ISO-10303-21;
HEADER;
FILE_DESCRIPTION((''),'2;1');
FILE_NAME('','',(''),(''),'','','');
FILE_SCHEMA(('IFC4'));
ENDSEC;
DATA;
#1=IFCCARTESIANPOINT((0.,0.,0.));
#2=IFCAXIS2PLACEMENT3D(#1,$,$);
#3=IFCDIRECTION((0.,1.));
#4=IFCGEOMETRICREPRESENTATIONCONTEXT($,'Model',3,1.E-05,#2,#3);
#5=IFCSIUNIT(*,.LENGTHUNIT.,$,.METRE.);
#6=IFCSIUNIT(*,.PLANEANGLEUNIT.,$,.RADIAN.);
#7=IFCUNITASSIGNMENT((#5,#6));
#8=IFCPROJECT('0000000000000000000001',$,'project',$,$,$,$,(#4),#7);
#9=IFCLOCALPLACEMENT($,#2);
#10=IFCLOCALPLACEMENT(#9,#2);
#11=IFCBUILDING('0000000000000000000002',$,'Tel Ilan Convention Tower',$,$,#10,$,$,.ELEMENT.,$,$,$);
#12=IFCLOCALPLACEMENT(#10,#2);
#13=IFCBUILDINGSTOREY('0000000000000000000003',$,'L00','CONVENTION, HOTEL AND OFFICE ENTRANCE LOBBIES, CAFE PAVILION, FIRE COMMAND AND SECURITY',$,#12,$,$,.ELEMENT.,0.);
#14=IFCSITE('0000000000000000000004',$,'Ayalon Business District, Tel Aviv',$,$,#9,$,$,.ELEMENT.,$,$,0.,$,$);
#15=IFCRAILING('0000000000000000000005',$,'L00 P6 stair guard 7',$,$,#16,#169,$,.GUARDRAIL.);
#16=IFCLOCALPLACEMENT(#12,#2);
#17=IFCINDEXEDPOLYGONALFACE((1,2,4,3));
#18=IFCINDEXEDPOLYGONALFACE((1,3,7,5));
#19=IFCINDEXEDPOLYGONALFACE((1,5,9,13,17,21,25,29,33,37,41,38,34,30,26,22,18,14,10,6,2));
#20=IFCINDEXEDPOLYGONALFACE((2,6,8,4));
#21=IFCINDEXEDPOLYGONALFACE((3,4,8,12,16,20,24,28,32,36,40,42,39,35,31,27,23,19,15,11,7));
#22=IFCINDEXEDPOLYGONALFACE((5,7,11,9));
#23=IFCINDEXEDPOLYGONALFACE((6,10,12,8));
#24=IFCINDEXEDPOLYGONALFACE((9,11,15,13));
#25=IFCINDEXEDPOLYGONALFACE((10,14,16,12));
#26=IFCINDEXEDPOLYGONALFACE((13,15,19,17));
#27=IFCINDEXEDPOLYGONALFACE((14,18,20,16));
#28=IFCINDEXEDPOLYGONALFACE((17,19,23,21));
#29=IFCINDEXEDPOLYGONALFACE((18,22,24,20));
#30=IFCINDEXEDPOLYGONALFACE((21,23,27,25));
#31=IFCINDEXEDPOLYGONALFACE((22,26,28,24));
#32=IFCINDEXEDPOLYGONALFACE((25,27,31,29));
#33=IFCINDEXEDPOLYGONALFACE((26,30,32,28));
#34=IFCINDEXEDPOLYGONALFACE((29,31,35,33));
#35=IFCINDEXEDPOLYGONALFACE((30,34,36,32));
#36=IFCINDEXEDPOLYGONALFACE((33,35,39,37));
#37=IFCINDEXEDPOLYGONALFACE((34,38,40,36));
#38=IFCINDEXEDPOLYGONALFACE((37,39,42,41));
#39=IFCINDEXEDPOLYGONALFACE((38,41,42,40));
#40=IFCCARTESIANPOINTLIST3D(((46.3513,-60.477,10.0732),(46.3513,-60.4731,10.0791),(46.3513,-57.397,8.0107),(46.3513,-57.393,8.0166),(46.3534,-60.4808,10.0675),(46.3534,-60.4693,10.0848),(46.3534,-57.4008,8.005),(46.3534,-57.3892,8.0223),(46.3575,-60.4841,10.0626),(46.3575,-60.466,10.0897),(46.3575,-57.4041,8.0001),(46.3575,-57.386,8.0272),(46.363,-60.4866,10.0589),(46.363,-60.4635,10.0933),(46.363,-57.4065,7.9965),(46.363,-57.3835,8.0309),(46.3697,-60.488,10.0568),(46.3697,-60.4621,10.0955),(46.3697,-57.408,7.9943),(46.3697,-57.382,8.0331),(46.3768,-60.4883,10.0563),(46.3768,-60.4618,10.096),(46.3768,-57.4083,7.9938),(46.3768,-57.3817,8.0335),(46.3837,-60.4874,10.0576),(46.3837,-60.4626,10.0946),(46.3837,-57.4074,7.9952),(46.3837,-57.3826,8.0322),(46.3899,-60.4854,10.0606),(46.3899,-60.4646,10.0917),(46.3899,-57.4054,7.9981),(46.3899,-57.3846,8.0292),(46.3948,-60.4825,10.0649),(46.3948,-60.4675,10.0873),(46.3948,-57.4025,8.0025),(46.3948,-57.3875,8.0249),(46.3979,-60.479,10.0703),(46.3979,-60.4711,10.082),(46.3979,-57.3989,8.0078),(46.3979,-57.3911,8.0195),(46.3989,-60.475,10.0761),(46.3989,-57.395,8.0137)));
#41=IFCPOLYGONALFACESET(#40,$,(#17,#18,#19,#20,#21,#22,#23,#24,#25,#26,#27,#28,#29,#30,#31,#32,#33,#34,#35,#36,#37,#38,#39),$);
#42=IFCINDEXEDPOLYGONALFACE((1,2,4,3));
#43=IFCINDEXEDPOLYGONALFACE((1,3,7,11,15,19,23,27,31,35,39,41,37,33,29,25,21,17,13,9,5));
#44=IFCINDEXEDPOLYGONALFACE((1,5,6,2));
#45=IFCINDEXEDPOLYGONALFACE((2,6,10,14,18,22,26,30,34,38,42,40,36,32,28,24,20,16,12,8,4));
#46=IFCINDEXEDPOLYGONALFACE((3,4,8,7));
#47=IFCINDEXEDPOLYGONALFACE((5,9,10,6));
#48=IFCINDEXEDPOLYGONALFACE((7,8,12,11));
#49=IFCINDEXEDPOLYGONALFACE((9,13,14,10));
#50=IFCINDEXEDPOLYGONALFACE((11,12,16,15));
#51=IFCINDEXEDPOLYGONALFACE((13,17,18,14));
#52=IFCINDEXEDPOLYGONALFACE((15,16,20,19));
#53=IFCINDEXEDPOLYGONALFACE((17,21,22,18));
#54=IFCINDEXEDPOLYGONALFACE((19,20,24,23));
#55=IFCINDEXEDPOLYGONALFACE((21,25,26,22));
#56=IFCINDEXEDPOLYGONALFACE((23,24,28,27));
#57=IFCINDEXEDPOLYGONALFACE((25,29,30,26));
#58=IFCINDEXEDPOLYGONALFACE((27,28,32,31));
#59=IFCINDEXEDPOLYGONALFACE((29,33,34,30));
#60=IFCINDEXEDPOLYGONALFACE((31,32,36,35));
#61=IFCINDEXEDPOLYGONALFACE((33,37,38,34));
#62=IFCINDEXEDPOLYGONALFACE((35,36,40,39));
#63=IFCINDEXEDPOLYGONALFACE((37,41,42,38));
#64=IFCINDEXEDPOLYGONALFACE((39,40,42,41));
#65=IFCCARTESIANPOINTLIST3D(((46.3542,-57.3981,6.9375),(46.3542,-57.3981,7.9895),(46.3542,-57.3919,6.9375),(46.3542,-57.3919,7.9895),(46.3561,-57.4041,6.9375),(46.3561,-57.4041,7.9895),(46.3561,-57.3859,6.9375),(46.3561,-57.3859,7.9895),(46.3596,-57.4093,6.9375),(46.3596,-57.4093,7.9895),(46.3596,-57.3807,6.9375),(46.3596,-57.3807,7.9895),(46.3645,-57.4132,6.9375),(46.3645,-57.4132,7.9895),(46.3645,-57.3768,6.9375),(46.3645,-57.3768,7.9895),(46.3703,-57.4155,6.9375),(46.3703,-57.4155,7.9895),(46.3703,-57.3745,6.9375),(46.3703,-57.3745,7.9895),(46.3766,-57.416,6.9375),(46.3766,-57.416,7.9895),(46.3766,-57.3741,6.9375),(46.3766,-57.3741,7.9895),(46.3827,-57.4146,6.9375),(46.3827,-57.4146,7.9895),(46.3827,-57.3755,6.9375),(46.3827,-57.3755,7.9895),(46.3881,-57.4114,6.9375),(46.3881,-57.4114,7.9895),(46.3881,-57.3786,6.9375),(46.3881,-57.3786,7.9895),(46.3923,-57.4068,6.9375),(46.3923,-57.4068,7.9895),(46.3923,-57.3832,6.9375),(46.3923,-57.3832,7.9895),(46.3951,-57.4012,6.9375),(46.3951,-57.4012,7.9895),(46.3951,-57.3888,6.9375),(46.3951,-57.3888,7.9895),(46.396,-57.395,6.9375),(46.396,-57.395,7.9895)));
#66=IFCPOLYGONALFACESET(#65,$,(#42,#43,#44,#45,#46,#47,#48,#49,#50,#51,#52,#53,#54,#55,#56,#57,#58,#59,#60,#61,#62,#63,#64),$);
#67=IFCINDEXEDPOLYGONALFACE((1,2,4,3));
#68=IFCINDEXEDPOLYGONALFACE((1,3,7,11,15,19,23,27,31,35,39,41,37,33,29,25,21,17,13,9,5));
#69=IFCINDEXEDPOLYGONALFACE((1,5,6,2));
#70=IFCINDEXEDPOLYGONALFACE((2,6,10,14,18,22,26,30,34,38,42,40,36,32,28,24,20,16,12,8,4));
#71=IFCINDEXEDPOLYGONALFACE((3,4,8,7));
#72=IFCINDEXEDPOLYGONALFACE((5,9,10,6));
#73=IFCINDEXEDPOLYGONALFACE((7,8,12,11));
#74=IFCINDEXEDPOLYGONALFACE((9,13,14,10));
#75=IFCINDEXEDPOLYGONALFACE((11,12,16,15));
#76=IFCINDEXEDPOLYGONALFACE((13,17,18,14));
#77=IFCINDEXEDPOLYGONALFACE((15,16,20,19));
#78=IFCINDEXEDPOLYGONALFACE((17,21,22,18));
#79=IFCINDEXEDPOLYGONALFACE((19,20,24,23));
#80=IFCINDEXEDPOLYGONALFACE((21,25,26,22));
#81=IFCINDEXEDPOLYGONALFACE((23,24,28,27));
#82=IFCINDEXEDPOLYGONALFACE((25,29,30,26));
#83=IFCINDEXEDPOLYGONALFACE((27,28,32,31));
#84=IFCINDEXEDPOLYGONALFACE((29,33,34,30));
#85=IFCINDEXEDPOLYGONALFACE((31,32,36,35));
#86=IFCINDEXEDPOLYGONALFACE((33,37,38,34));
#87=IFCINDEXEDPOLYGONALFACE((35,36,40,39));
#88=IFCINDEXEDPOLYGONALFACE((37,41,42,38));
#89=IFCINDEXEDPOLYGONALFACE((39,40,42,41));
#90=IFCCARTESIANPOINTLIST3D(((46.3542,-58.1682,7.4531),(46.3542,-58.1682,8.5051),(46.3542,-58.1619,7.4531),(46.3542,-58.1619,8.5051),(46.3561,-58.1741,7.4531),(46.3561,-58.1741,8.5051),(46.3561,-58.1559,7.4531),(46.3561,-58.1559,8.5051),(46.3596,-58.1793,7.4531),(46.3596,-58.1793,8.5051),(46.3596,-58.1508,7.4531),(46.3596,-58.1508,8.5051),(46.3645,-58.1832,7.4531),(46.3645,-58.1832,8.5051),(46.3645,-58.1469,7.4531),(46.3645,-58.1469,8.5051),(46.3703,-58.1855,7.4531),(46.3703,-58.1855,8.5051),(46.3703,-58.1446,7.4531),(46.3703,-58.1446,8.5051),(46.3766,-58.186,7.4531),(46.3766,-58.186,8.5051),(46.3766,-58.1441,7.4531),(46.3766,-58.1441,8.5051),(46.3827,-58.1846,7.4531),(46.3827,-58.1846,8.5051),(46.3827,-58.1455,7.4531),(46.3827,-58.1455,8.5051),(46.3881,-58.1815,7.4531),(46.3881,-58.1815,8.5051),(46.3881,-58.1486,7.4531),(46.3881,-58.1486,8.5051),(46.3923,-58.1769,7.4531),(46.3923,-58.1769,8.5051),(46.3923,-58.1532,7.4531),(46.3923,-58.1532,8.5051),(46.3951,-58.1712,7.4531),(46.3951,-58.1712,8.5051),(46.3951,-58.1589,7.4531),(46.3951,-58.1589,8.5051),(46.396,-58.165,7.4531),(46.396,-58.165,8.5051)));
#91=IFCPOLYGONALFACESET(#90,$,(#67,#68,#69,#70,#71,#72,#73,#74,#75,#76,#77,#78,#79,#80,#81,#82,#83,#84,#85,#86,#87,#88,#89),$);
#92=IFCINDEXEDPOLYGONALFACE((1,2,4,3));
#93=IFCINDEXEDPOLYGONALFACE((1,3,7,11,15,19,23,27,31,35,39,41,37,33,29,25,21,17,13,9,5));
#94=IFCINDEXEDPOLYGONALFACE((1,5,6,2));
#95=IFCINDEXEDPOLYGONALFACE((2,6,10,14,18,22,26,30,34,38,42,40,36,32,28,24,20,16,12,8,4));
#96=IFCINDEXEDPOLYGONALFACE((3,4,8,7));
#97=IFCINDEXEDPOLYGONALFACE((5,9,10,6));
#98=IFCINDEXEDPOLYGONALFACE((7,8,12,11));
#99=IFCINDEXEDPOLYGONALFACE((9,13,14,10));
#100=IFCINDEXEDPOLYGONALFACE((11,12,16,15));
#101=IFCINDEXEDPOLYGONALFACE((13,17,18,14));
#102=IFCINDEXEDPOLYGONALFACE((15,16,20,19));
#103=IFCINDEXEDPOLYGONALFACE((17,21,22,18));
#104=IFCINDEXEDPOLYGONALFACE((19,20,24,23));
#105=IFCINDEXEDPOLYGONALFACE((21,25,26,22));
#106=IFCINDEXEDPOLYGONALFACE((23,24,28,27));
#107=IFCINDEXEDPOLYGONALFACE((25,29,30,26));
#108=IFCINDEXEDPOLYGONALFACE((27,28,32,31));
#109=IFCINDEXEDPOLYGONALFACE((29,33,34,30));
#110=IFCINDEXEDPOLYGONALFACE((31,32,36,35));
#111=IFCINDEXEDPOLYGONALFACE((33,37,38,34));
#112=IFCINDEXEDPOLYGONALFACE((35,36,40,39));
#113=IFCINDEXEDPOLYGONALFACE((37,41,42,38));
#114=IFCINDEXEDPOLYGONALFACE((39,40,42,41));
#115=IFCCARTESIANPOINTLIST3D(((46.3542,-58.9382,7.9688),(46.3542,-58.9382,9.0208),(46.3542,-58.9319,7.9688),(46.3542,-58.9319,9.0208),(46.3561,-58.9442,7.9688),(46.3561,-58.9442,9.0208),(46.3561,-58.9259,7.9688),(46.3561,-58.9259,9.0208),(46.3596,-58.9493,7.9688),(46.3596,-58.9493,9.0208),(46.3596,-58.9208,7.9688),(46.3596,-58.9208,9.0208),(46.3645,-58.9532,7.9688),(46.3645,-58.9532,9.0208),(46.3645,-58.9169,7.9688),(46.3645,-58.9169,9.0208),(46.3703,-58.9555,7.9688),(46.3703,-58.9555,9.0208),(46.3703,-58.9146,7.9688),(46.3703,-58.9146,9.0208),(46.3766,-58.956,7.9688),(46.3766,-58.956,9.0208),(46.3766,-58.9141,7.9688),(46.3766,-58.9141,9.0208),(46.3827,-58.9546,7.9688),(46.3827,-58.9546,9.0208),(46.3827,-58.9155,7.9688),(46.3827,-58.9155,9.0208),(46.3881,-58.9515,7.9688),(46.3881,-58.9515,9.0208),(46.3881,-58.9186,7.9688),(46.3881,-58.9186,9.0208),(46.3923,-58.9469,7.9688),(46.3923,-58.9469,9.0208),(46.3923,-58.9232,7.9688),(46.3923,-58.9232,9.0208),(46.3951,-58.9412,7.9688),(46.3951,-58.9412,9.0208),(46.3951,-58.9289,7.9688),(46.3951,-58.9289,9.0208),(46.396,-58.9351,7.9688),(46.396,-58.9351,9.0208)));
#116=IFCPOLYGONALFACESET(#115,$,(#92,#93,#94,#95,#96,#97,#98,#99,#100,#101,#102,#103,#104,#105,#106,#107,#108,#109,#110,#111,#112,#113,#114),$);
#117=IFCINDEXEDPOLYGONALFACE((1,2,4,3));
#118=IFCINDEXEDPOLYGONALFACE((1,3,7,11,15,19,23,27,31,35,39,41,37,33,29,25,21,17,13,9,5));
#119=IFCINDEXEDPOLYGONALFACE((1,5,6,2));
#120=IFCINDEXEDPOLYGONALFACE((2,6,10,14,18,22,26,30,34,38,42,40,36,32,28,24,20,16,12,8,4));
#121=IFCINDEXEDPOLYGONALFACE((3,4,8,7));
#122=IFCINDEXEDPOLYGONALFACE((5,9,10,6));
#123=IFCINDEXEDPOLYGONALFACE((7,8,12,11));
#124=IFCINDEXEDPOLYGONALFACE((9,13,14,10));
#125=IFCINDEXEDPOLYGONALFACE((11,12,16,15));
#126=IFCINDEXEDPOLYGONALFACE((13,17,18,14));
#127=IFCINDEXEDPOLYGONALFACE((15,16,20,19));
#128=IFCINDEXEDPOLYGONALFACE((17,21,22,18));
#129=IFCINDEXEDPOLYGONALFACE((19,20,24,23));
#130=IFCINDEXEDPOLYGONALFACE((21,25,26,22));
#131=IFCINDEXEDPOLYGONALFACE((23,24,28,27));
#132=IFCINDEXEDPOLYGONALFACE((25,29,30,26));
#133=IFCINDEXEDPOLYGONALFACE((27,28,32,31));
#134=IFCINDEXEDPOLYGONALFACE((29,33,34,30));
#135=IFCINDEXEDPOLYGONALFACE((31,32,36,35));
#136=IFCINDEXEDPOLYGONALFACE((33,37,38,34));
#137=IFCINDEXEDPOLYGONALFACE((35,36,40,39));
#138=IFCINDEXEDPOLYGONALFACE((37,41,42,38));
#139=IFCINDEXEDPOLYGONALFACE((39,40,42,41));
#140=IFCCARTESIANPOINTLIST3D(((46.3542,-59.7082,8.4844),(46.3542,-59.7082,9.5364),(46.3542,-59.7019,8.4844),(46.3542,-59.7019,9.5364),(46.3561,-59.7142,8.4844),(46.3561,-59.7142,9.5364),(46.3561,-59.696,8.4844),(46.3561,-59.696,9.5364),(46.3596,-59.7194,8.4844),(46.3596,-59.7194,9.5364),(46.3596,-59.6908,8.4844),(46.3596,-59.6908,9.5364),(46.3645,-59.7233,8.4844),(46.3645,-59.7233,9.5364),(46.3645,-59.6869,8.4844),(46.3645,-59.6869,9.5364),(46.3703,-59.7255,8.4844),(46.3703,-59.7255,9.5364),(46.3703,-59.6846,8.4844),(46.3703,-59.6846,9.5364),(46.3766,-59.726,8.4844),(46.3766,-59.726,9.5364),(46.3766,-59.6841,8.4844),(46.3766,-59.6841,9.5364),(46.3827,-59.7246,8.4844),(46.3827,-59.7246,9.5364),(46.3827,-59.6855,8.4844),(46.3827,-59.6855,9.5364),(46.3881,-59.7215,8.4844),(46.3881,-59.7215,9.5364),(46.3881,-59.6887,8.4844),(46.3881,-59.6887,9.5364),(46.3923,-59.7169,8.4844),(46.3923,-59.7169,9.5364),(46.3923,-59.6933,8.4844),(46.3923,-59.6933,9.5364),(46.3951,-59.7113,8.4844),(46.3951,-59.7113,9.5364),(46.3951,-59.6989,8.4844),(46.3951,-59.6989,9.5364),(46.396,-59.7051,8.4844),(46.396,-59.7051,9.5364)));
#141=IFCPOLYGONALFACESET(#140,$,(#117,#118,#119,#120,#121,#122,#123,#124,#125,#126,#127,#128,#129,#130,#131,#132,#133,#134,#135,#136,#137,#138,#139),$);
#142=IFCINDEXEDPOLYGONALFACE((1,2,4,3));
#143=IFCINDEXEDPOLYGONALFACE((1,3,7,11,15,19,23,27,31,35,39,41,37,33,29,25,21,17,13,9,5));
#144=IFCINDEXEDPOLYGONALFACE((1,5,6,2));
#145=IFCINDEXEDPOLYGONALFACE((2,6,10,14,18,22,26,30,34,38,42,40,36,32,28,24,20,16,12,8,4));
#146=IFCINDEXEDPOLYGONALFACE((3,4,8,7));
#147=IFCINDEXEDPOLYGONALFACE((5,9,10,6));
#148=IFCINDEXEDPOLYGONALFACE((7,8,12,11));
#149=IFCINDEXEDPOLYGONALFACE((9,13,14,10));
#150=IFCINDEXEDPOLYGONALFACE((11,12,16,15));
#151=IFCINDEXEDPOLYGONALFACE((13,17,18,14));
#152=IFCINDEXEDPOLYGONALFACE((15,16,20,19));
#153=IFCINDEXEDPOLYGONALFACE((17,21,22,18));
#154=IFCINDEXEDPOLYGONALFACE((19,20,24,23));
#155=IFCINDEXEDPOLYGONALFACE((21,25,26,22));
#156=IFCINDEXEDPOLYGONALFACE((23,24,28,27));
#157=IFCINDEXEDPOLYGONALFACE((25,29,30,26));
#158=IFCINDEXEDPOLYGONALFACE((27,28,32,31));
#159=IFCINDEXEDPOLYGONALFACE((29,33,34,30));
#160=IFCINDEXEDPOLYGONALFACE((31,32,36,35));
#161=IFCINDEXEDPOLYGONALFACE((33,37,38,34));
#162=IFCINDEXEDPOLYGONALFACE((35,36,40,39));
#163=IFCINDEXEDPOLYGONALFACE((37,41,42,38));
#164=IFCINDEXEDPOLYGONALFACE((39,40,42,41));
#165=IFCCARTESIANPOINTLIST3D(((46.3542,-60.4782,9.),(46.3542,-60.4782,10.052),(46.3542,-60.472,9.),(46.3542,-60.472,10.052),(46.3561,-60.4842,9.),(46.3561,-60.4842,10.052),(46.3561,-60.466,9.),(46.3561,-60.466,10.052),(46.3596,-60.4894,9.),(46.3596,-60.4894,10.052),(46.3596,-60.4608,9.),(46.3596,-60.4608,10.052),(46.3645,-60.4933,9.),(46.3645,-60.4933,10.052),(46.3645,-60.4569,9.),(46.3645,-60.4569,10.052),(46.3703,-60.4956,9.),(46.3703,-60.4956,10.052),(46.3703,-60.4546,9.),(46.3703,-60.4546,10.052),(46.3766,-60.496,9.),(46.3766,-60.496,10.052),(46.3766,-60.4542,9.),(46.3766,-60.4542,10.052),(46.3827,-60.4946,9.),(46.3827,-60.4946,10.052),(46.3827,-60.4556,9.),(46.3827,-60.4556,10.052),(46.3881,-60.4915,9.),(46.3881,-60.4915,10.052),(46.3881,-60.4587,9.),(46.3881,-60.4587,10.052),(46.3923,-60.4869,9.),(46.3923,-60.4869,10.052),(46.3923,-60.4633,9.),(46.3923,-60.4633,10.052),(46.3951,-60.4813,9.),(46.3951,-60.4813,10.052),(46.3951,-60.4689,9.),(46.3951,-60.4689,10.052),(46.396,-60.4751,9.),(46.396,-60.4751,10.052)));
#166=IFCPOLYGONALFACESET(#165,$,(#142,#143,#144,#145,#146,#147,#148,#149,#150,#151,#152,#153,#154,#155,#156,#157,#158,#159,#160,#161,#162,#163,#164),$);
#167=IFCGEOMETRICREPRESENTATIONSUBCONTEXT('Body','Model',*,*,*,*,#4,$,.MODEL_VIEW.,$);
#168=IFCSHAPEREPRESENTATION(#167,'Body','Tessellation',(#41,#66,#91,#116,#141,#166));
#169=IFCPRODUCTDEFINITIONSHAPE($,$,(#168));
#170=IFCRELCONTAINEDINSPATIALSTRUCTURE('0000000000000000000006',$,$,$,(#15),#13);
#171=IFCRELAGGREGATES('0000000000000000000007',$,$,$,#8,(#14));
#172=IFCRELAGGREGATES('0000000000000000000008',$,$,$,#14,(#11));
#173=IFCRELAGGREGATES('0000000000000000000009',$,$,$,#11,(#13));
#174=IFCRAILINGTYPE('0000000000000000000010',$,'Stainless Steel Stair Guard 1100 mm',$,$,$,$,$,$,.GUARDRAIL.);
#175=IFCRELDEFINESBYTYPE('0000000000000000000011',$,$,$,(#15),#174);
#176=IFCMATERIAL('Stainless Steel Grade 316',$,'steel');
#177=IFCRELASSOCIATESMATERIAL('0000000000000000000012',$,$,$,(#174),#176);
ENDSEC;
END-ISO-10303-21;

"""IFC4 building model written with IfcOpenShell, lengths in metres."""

from ifc_helpers import new_model, si_unit, direction, frame, origin, origin_2d, place, context, subcontext, project, spatial, circle, extrude, material, type_object, element, save


model = new_model("IFC4")

# Units and contexts
model_context = context("Model", 3, precision=1e-05, world=origin(), true_north=direction((0.0, 1.0)))
body_context = subcontext(model_context, "Body", "Model", "MODEL_VIEW")
ifc_project = project(units=[si_unit("LENGTHUNIT", "METRE"), si_unit("PLANEANGLEUNIT", "RADIAN")], contexts=[model_context])

# Site, building, storey
site_placement = place(None, origin())
site = spatial("IfcSite", under=ifc_project, at=site_placement, Name="Ayalon Business District, Tel Aviv", CompositionType="ELEMENT", RefElevation=0.0)
building_placement = place(site_placement, origin())
building = spatial("IfcBuilding", under=site, at=building_placement, Name="Tel Ilan Convention Tower", CompositionType="ELEMENT")
storey_placement = place(building_placement, origin())
storey = spatial("IfcBuildingStorey", under=building, at=storey_placement, Name="L00", Description="CONVENTION, HOTEL AND OFFICE ENTRANCE LOBBIES, CAFE PAVILION, FIRE COMMAND AND SECURITY", CompositionType="ELEMENT", Elevation=0.0)

# Railing
ifc_material_1 = material(Name="Stainless Steel Grade 316", Category="steel")
railing_type_1 = type_object("IfcRailingType", Name="Stainless Steel Stair Guard 1100 mm", PredefinedType="GUARDRAIL", material=ifc_material_1)
for number, where, name in (
    (1, (46.375, -57.395, 6.9375), "L00 P6 stair guard 7"),
):
    element("IfcRailing", number, at=place(storey_placement, frame(where)), inside=storey, type_object=railing_type_1, Name=name, PredefinedType="GUARDRAIL", context=body_context, shape_type="SweptSolid", body=[
        extrude(circle(Radius=0.0239, at=origin_2d()), frame((0.0, 0.0, 1.0762), z_axis=(0.0, -0.830914, 0.556401), x_axis=(1.0, 0.0, 0.0)), (0.0, 0.0, 1.0), 3.7068),
        extrude(circle(Radius=0.021, at=origin_2d()), origin(), (0.0, 0.0, 1.0), 1.052),
        extrude(circle(Radius=0.021, at=origin_2d()), frame((0.0, -0.77, 0.5156)), (0.0, 0.0, 1.0), 1.052),
        extrude(circle(Radius=0.021, at=origin_2d()), frame((0.0, -1.54, 1.0312)), (0.0, 0.0, 1.0), 1.052),
        extrude(circle(Radius=0.021, at=origin_2d()), frame((0.0, -2.3101, 1.5469)), (0.0, 0.0, 1.0), 1.052),
        extrude(circle(Radius=0.021, at=origin_2d()), frame((0.0, -3.0801, 2.0625)), (0.0, 0.0, 1.0), 1.052),
    ])

save(model, "model.ifc")
